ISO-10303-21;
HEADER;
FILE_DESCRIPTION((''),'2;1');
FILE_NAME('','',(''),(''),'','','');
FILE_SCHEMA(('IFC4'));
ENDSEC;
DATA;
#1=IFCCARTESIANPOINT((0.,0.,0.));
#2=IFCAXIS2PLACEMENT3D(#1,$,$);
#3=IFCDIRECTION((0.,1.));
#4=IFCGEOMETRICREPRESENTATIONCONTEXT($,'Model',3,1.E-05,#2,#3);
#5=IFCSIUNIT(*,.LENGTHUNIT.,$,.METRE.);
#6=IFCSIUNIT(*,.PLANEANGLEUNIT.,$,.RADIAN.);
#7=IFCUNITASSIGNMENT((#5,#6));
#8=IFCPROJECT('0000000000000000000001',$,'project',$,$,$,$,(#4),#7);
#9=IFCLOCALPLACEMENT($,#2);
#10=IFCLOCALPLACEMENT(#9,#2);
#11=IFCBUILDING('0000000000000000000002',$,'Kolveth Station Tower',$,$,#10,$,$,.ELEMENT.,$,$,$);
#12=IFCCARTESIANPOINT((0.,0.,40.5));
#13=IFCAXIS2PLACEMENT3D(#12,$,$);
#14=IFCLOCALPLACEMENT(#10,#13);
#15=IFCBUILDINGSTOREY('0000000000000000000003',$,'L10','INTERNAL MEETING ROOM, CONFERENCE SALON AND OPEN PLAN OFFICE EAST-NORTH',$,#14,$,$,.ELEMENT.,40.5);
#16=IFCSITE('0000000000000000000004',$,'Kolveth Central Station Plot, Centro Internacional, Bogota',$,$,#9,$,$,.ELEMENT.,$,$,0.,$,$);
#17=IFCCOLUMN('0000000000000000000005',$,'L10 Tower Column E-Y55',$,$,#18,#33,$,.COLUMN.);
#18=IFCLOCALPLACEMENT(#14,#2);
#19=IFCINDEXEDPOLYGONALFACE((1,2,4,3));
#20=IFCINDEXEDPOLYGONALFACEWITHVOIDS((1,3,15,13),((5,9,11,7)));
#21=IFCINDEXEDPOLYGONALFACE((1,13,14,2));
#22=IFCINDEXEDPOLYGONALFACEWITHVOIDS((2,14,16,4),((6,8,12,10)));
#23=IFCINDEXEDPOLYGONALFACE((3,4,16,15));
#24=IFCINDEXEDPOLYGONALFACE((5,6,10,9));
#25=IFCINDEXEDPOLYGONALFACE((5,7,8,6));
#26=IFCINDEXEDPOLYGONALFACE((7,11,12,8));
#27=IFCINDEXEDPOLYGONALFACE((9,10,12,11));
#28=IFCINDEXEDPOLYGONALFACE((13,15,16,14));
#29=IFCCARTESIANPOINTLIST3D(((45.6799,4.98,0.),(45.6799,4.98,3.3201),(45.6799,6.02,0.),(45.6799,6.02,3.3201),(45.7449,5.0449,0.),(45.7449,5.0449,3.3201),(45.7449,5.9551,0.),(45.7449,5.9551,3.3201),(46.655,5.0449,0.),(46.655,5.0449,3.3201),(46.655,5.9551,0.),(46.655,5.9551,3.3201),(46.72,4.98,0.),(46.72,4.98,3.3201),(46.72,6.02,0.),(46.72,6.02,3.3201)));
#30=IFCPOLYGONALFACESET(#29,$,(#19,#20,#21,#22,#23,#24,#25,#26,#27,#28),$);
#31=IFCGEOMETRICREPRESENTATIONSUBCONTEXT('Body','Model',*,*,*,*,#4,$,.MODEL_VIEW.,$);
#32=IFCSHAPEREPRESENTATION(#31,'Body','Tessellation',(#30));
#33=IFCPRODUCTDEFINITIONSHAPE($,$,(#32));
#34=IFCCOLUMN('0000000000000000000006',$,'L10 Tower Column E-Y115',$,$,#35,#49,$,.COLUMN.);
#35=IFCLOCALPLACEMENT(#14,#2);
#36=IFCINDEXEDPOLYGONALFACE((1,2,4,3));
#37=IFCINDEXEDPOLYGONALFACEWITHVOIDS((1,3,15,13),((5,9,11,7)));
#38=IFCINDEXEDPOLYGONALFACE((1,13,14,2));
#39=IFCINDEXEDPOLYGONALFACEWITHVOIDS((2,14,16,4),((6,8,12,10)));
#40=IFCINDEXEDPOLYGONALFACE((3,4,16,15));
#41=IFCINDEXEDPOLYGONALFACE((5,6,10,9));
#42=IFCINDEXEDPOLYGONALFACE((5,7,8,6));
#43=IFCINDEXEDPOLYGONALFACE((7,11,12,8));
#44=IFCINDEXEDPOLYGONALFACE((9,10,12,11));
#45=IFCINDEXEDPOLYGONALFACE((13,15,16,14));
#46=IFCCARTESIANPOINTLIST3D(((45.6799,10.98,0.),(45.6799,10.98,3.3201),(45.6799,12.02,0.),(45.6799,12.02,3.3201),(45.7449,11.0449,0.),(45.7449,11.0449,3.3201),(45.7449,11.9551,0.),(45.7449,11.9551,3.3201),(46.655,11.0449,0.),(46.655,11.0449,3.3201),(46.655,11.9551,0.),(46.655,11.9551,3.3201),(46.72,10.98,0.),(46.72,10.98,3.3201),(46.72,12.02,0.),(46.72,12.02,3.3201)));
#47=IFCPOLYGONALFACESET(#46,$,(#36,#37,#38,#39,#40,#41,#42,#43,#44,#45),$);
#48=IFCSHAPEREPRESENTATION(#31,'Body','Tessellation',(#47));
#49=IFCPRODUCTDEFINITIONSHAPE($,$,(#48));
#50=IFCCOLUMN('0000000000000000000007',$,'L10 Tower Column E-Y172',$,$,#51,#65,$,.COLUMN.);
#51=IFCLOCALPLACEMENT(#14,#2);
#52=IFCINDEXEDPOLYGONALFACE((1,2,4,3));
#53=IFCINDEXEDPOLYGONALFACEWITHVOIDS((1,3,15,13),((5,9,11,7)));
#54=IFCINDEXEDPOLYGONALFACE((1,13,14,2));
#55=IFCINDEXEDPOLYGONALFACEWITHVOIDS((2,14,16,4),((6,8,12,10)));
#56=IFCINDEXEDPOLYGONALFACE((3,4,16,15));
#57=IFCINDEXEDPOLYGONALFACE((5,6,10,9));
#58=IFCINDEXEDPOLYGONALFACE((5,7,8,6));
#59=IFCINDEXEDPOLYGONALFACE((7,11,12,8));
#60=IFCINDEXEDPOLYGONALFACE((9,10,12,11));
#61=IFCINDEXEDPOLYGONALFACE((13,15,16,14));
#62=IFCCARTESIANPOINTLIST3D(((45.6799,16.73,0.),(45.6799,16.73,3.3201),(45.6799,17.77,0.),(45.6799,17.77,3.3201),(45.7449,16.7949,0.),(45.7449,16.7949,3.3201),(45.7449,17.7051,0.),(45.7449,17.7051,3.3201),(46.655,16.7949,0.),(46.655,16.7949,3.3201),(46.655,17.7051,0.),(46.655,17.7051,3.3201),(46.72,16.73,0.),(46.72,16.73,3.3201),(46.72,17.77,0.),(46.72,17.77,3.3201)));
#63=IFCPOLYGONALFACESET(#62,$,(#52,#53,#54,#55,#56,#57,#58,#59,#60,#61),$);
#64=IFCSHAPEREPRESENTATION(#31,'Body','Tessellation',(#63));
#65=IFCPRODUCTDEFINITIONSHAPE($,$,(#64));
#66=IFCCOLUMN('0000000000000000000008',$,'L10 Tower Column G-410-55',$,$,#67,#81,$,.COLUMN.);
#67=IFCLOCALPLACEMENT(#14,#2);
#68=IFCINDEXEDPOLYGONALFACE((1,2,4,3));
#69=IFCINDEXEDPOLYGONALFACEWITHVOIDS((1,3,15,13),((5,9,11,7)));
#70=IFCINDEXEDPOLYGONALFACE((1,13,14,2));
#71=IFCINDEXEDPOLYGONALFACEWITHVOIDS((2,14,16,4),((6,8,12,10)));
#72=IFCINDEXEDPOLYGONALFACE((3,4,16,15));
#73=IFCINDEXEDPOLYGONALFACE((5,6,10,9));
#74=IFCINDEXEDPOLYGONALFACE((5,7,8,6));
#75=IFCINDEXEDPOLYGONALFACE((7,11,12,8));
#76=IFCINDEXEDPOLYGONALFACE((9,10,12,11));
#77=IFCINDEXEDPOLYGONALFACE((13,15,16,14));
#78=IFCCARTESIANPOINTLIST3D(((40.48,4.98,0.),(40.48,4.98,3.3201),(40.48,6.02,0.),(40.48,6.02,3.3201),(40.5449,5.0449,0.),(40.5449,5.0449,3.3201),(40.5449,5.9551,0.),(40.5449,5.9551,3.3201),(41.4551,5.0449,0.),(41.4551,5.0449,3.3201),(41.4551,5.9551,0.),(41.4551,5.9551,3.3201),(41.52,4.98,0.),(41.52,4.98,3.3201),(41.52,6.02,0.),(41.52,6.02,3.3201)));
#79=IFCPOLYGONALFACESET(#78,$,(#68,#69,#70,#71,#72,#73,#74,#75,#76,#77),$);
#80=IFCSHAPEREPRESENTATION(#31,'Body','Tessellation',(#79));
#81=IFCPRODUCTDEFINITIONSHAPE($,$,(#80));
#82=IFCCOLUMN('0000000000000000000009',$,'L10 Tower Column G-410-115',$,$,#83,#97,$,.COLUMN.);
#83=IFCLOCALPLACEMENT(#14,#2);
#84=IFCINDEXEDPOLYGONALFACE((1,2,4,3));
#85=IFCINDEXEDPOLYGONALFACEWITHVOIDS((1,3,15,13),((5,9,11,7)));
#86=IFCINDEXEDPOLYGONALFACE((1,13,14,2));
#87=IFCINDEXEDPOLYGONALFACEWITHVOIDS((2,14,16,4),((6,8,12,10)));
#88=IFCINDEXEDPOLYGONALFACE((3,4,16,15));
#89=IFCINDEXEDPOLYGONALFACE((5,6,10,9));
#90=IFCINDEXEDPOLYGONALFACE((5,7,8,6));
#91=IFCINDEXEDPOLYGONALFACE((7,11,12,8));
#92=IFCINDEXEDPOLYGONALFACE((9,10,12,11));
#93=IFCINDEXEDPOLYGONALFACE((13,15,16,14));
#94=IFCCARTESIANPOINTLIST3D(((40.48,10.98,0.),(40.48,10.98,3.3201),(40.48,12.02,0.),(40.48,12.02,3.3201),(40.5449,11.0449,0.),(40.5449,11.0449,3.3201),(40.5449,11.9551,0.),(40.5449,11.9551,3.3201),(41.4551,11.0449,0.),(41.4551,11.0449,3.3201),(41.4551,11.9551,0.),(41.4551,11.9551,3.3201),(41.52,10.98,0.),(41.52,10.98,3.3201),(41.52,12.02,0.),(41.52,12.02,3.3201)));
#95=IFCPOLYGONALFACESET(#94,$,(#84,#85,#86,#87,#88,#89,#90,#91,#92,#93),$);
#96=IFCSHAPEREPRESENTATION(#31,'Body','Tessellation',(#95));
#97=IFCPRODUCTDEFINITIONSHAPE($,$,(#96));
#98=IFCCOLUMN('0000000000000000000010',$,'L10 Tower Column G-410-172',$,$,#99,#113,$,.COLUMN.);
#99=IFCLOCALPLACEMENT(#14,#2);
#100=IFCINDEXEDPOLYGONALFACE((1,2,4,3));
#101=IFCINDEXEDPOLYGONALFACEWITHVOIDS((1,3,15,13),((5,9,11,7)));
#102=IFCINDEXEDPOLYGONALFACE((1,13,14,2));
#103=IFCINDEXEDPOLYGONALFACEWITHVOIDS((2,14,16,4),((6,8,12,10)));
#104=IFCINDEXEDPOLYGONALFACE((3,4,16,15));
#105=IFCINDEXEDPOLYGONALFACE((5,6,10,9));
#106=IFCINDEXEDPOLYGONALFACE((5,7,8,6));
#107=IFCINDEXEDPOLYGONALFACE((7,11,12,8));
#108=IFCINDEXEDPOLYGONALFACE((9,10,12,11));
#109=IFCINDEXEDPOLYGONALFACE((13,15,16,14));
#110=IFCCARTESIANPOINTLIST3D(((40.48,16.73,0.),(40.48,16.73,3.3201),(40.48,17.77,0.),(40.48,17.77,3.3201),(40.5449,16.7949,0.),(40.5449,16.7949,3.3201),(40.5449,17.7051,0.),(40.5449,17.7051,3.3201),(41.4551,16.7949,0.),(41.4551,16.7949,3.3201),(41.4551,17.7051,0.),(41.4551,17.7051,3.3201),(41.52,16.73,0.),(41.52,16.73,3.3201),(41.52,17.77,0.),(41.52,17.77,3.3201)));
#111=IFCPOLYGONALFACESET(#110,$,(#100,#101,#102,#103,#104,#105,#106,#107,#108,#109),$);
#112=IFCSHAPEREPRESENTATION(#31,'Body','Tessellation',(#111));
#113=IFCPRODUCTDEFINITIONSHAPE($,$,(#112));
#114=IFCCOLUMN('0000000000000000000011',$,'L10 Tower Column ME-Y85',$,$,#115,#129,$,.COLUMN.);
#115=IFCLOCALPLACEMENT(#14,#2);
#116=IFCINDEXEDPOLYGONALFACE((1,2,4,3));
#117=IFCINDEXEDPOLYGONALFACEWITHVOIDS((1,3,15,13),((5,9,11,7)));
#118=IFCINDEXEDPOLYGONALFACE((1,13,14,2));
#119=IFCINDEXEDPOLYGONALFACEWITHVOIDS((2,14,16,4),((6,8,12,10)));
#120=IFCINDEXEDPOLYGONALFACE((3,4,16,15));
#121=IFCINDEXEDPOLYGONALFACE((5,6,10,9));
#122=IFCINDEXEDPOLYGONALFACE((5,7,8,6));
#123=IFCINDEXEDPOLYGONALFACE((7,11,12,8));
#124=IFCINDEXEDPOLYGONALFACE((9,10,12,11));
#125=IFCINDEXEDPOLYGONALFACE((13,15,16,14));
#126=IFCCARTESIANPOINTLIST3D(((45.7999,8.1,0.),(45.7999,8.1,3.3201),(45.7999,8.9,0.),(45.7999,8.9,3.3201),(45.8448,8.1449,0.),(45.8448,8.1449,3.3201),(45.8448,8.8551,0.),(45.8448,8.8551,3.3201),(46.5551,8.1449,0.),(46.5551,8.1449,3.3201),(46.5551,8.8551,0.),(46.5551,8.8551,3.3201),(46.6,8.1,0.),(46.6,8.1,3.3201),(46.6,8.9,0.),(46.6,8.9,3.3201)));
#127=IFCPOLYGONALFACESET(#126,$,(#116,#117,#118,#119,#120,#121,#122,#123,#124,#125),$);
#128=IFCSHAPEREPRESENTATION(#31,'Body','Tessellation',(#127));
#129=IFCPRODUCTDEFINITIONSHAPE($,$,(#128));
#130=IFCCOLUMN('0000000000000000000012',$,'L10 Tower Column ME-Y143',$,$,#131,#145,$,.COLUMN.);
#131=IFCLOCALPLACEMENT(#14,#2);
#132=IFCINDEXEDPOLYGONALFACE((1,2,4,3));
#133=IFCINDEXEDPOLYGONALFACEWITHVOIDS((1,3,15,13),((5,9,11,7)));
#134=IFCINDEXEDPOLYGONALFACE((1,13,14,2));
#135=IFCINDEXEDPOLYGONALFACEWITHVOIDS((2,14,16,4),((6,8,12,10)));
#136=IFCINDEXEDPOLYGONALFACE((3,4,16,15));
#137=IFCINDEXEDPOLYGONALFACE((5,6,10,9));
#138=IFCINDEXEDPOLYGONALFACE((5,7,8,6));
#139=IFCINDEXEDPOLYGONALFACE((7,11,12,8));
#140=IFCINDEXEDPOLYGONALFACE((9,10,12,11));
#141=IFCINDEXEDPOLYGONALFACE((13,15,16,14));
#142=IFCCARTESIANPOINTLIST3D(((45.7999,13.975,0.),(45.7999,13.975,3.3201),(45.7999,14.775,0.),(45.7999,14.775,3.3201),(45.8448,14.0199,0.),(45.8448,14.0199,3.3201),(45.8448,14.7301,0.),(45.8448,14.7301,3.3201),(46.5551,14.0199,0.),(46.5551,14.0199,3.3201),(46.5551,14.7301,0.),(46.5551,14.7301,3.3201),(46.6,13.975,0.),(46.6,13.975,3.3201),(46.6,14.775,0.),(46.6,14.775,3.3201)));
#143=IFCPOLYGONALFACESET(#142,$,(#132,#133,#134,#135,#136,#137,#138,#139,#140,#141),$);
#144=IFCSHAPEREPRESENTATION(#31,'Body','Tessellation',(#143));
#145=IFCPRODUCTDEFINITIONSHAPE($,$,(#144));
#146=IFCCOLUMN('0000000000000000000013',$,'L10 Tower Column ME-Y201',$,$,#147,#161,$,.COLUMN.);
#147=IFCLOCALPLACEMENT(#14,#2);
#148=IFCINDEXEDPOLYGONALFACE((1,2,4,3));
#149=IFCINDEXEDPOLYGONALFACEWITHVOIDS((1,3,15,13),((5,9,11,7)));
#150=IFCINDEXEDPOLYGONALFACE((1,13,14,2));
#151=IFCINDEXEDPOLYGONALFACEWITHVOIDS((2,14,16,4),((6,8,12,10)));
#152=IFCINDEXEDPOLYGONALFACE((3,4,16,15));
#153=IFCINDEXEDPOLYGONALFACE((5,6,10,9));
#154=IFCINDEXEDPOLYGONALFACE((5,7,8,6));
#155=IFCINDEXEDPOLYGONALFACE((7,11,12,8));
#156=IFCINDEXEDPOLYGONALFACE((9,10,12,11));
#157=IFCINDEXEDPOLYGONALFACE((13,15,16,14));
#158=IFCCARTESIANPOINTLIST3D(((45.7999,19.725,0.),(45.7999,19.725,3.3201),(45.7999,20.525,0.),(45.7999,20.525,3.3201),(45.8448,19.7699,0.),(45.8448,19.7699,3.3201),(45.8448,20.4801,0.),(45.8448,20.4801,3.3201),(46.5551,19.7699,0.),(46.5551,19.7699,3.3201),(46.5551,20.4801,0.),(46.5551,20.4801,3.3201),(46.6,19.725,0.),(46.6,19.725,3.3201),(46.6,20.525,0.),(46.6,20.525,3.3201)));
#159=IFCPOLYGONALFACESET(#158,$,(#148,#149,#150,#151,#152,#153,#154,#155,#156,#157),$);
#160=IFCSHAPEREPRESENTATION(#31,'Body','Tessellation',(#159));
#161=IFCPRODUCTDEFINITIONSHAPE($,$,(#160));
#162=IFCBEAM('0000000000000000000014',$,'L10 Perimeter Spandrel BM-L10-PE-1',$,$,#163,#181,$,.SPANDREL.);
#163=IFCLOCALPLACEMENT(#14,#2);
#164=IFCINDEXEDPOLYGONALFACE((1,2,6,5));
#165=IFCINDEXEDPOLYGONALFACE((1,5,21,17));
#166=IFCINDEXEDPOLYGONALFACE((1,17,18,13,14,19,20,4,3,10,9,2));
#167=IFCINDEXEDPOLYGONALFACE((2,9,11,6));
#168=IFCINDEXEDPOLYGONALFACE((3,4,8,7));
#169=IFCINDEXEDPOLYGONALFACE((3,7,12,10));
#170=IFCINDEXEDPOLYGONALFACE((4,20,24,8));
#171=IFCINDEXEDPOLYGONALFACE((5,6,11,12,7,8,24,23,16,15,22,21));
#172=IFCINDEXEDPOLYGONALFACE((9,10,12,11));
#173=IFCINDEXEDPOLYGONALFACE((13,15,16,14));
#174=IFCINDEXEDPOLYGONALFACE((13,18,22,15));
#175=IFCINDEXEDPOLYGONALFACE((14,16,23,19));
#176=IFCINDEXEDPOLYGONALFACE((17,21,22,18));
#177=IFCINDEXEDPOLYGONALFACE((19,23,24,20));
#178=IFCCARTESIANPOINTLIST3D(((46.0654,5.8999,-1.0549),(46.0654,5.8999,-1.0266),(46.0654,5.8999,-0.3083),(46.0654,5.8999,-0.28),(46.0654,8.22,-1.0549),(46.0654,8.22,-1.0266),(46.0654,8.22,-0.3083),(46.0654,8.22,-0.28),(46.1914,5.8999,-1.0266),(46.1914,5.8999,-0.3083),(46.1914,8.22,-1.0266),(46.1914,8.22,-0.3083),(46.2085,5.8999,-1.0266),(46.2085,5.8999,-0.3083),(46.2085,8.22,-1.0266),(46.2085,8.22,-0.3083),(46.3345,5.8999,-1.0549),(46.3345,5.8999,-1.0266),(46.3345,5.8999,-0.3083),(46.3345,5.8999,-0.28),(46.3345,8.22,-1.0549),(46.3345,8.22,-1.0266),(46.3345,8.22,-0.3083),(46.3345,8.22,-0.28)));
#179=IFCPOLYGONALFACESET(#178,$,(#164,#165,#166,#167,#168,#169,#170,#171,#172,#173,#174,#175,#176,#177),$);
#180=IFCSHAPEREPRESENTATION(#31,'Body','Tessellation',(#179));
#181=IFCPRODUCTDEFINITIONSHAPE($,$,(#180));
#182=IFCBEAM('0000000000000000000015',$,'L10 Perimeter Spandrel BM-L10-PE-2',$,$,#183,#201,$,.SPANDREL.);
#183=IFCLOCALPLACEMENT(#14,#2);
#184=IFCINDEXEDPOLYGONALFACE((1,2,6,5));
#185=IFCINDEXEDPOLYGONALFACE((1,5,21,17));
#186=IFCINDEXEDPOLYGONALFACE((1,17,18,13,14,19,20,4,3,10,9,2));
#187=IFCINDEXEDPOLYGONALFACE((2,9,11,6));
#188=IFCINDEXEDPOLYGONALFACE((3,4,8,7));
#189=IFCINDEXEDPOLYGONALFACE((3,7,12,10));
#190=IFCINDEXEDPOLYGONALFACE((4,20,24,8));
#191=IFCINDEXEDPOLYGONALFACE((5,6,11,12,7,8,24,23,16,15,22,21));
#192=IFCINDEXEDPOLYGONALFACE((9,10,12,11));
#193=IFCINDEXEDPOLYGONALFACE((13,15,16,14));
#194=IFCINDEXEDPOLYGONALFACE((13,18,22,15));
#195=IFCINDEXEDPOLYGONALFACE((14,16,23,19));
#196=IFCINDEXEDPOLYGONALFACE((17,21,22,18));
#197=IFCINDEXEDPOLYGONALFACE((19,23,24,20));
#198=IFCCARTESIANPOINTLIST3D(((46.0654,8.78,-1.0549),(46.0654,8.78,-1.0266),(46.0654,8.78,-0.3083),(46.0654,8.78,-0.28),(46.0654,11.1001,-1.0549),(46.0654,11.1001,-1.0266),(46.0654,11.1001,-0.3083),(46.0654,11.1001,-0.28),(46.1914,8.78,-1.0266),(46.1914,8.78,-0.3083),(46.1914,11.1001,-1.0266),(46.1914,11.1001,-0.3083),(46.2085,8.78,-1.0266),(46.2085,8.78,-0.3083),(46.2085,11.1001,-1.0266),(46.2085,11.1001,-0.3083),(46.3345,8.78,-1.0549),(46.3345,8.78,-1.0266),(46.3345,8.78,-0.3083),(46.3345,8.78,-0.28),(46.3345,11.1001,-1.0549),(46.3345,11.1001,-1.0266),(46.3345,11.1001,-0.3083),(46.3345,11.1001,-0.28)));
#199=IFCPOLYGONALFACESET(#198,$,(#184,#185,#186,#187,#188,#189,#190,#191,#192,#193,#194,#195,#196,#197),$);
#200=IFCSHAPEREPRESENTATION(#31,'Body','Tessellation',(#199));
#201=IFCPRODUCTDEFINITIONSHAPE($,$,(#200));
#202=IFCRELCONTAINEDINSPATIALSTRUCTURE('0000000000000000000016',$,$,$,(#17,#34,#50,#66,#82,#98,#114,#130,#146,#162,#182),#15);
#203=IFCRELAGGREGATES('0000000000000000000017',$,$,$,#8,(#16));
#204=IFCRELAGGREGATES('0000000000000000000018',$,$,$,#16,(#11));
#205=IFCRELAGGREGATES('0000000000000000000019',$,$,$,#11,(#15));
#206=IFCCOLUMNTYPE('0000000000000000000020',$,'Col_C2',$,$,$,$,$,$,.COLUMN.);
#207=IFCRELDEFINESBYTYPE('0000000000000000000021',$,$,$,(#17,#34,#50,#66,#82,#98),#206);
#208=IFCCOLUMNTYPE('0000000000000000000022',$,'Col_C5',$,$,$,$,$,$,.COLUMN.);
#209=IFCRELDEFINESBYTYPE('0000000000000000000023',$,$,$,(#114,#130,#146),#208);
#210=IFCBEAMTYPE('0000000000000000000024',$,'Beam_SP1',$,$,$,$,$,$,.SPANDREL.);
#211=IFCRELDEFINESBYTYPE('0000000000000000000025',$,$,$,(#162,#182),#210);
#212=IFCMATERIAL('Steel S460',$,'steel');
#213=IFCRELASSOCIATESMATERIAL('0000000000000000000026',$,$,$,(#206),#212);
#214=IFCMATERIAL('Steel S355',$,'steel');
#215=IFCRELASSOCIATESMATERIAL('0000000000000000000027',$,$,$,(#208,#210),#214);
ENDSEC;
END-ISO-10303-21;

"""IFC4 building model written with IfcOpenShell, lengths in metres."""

from ifc_helpers import new_model, si_unit, direction, frame, origin, origin_2d, place, context, subcontext, project, spatial, hollow_rectangle, i_section, extrude, source, transform, mapped, material, material_profile, profile_set, type_object, element, save


model = new_model("IFC4")

# Units and contexts
model_context = context("Model", 3, precision=1e-05, world=origin(), true_north=direction((0.0, 1.0)))
body_context = subcontext(model_context, "Body", "Model", "MODEL_VIEW")
ifc_project = project(units=[si_unit("LENGTHUNIT", "METRE"), si_unit("PLANEANGLEUNIT", "RADIAN")], contexts=[model_context])

# Site, building, storey
site_placement = place(None, origin())
site = spatial("IfcSite", under=ifc_project, at=site_placement, Name="Kolveth Central Station Plot, Centro Internacional, Bogota", CompositionType="ELEMENT", RefElevation=0.0)
building_placement = place(site_placement, origin())
building = spatial("IfcBuilding", under=site, at=building_placement, Name="Kolveth Station Tower", CompositionType="ELEMENT")
storey_placement = place(building_placement, frame((0.0, 0.0, 40.5)))
storey = spatial("IfcBuildingStorey", under=building, at=storey_placement, Name="L10", Description="INTERNAL MEETING ROOM, CONFERENCE SALON AND OPEN PLAN OFFICE EAST-NORTH", CompositionType="ELEMENT", Elevation=40.5)

# Columns
ifc_material_1 = material(Name="Steel S460", Category="steel")
ifc_material_profile_1 = material_profile(ifc_material_1, hollow_rectangle(XDim=1.04, YDim=1.04, WallThickness=0.0649, at=origin_2d()), Name="BOX1040x1040x65")
ifc_profile_set_1 = profile_set([ifc_material_profile_1], Name="Steel S460")
column_type_1 = type_object("IfcColumnType", Name="Col_C2", PredefinedType="COLUMN", material=ifc_profile_set_1)
shared_shape_1 = source(origin(), body_context, "Body", "SweptSolid", [
    extrude(hollow_rectangle(XDim=1.04, YDim=1.04, WallThickness=0.0649, at=origin_2d()), origin(), (0.0, 0.0, 1.0), 3.3201),
])
for number, where, z_axis, x_axis, name in (
    (1, (46.2, 5.5, 0.0), (0.0, 0.0, 1.0), (1.0, 0.0, 0.0), "L10 Tower Column E-Y55"),
    (2, (46.2, 11.5, 0.0), (0.0, 0.0, 1.0), (1.0, 0.0, 0.0), "L10 Tower Column E-Y115"),
    (3, (46.2, 17.25, 0.0), (0.0, 0.0, 1.0), (1.0, 0.0, 0.0), "L10 Tower Column E-Y172"),
    (4, (41.0, 5.5, 0.0), (0.0, 0.0, 1.0), (1.0, 0.0, 0.0), "L10 Tower Column G-410-55"),
    (5, (41.0, 11.5, 0.0), (0.0, 0.0, 1.0), (1.0, 0.0, 0.0), "L10 Tower Column G-410-115"),
    (6, (41.0, 17.25, 0.0), (0.0, 0.0, 1.0), (1.0, 0.0, 0.0), "L10 Tower Column G-410-172"),
):
    element("IfcColumn", number, at=place(storey_placement, frame(where, z_axis=z_axis, x_axis=x_axis)), inside=storey, type_object=column_type_1, Name=name, PredefinedType="COLUMN", context=body_context, shape_type="MappedRepresentation", body=[
        mapped(shared_shape_1, transform((0.0, 0.0, 0.0), x_axis=(1.0, 0.0, 0.0), y_axis=(0.0, 1.0, 0.0), z_axis=(0.0, 0.0, 1.0), scale=1.0)),
    ])
ifc_material_2 = material(Name="Steel S355", Category="steel")
ifc_material_profile_2 = material_profile(ifc_material_2, hollow_rectangle(XDim=0.8, YDim=0.8, WallThickness=0.0449, at=origin_2d()), Name="BOX800x800x45")
ifc_profile_set_2 = profile_set([ifc_material_profile_2], Name="Steel S355")
column_type_2 = type_object("IfcColumnType", Name="Col_C5", PredefinedType="COLUMN", material=ifc_profile_set_2)
shared_shape_2 = source(origin(), body_context, "Body", "SweptSolid", [
    extrude(hollow_rectangle(XDim=0.8, YDim=0.8, WallThickness=0.0449, at=origin_2d()), origin(), (0.0, 0.0, 1.0), 3.3201),
])
for number, where, z_axis, x_axis, name in (
    (7, (46.2, 8.5, 0.0), (0.0, 0.0, 1.0), (1.0, 0.0, 0.0), "L10 Tower Column ME-Y85"),
    (8, (46.2, 14.375, 0.0), (0.0, 0.0, 1.0), (1.0, 0.0, 0.0), "L10 Tower Column ME-Y143"),
    (9, (46.2, 20.125, 0.0), (0.0, 0.0, 1.0), (1.0, 0.0, 0.0), "L10 Tower Column ME-Y201"),
):
    element("IfcColumn", number, at=place(storey_placement, frame(where, z_axis=z_axis, x_axis=x_axis)), inside=storey, type_object=column_type_2, Name=name, PredefinedType="COLUMN", context=body_context, shape_type="MappedRepresentation", body=[
        mapped(shared_shape_2, transform((0.0, 0.0, 0.0), x_axis=(1.0, 0.0, 0.0), y_axis=(0.0, 1.0, 0.0), z_axis=(0.0, 0.0, 1.0), scale=1.0)),
    ])

# Beams
ifc_material_profile_3 = material_profile(ifc_material_2, i_section(OverallWidth=0.269, OverallDepth=0.7749, WebThickness=0.0171, FlangeThickness=0.0283, at=origin_2d()), Name="W760x220")
ifc_profile_set_3 = profile_set([ifc_material_profile_3], Name="Steel S355")
beam_type_1 = type_object("IfcBeamType", Name="Beam_SP1", PredefinedType="SPANDREL", material=ifc_profile_set_3)
shared_shape_3 = source(origin(), body_context, "Body", "SweptSolid", [
    extrude(i_section(OverallWidth=0.269, OverallDepth=0.7749, WebThickness=0.0171, FlangeThickness=0.0283, at=origin_2d()), origin(), (0.0, 0.0, 1.0), 2.3201),
])
for number, where, z_axis, x_axis, name in (
    (10, (46.2, 5.8999, -0.6675), (0.0, 1.0, 0.0), (-1.0, 0.0, 0.0), "L10 Perimeter Spandrel BM-L10-PE-1"),
    (11, (46.2, 8.78, -0.6675), (0.0, 1.0, 0.0), (-1.0, 0.0, 0.0), "L10 Perimeter Spandrel BM-L10-PE-2"),
):
    element("IfcBeam", number, at=place(storey_placement, frame(where, z_axis=z_axis, x_axis=x_axis)), inside=storey, type_object=beam_type_1, Name=name, PredefinedType="SPANDREL", context=body_context, shape_type="MappedRepresentation", body=[
        mapped(shared_shape_3, transform((0.0, 0.0, 0.0), x_axis=(1.0, 0.0, 0.0), y_axis=(0.0, 1.0, 0.0), z_axis=(0.0, 0.0, 1.0), scale=1.0)),
    ])

save(model, "model.ifc")
